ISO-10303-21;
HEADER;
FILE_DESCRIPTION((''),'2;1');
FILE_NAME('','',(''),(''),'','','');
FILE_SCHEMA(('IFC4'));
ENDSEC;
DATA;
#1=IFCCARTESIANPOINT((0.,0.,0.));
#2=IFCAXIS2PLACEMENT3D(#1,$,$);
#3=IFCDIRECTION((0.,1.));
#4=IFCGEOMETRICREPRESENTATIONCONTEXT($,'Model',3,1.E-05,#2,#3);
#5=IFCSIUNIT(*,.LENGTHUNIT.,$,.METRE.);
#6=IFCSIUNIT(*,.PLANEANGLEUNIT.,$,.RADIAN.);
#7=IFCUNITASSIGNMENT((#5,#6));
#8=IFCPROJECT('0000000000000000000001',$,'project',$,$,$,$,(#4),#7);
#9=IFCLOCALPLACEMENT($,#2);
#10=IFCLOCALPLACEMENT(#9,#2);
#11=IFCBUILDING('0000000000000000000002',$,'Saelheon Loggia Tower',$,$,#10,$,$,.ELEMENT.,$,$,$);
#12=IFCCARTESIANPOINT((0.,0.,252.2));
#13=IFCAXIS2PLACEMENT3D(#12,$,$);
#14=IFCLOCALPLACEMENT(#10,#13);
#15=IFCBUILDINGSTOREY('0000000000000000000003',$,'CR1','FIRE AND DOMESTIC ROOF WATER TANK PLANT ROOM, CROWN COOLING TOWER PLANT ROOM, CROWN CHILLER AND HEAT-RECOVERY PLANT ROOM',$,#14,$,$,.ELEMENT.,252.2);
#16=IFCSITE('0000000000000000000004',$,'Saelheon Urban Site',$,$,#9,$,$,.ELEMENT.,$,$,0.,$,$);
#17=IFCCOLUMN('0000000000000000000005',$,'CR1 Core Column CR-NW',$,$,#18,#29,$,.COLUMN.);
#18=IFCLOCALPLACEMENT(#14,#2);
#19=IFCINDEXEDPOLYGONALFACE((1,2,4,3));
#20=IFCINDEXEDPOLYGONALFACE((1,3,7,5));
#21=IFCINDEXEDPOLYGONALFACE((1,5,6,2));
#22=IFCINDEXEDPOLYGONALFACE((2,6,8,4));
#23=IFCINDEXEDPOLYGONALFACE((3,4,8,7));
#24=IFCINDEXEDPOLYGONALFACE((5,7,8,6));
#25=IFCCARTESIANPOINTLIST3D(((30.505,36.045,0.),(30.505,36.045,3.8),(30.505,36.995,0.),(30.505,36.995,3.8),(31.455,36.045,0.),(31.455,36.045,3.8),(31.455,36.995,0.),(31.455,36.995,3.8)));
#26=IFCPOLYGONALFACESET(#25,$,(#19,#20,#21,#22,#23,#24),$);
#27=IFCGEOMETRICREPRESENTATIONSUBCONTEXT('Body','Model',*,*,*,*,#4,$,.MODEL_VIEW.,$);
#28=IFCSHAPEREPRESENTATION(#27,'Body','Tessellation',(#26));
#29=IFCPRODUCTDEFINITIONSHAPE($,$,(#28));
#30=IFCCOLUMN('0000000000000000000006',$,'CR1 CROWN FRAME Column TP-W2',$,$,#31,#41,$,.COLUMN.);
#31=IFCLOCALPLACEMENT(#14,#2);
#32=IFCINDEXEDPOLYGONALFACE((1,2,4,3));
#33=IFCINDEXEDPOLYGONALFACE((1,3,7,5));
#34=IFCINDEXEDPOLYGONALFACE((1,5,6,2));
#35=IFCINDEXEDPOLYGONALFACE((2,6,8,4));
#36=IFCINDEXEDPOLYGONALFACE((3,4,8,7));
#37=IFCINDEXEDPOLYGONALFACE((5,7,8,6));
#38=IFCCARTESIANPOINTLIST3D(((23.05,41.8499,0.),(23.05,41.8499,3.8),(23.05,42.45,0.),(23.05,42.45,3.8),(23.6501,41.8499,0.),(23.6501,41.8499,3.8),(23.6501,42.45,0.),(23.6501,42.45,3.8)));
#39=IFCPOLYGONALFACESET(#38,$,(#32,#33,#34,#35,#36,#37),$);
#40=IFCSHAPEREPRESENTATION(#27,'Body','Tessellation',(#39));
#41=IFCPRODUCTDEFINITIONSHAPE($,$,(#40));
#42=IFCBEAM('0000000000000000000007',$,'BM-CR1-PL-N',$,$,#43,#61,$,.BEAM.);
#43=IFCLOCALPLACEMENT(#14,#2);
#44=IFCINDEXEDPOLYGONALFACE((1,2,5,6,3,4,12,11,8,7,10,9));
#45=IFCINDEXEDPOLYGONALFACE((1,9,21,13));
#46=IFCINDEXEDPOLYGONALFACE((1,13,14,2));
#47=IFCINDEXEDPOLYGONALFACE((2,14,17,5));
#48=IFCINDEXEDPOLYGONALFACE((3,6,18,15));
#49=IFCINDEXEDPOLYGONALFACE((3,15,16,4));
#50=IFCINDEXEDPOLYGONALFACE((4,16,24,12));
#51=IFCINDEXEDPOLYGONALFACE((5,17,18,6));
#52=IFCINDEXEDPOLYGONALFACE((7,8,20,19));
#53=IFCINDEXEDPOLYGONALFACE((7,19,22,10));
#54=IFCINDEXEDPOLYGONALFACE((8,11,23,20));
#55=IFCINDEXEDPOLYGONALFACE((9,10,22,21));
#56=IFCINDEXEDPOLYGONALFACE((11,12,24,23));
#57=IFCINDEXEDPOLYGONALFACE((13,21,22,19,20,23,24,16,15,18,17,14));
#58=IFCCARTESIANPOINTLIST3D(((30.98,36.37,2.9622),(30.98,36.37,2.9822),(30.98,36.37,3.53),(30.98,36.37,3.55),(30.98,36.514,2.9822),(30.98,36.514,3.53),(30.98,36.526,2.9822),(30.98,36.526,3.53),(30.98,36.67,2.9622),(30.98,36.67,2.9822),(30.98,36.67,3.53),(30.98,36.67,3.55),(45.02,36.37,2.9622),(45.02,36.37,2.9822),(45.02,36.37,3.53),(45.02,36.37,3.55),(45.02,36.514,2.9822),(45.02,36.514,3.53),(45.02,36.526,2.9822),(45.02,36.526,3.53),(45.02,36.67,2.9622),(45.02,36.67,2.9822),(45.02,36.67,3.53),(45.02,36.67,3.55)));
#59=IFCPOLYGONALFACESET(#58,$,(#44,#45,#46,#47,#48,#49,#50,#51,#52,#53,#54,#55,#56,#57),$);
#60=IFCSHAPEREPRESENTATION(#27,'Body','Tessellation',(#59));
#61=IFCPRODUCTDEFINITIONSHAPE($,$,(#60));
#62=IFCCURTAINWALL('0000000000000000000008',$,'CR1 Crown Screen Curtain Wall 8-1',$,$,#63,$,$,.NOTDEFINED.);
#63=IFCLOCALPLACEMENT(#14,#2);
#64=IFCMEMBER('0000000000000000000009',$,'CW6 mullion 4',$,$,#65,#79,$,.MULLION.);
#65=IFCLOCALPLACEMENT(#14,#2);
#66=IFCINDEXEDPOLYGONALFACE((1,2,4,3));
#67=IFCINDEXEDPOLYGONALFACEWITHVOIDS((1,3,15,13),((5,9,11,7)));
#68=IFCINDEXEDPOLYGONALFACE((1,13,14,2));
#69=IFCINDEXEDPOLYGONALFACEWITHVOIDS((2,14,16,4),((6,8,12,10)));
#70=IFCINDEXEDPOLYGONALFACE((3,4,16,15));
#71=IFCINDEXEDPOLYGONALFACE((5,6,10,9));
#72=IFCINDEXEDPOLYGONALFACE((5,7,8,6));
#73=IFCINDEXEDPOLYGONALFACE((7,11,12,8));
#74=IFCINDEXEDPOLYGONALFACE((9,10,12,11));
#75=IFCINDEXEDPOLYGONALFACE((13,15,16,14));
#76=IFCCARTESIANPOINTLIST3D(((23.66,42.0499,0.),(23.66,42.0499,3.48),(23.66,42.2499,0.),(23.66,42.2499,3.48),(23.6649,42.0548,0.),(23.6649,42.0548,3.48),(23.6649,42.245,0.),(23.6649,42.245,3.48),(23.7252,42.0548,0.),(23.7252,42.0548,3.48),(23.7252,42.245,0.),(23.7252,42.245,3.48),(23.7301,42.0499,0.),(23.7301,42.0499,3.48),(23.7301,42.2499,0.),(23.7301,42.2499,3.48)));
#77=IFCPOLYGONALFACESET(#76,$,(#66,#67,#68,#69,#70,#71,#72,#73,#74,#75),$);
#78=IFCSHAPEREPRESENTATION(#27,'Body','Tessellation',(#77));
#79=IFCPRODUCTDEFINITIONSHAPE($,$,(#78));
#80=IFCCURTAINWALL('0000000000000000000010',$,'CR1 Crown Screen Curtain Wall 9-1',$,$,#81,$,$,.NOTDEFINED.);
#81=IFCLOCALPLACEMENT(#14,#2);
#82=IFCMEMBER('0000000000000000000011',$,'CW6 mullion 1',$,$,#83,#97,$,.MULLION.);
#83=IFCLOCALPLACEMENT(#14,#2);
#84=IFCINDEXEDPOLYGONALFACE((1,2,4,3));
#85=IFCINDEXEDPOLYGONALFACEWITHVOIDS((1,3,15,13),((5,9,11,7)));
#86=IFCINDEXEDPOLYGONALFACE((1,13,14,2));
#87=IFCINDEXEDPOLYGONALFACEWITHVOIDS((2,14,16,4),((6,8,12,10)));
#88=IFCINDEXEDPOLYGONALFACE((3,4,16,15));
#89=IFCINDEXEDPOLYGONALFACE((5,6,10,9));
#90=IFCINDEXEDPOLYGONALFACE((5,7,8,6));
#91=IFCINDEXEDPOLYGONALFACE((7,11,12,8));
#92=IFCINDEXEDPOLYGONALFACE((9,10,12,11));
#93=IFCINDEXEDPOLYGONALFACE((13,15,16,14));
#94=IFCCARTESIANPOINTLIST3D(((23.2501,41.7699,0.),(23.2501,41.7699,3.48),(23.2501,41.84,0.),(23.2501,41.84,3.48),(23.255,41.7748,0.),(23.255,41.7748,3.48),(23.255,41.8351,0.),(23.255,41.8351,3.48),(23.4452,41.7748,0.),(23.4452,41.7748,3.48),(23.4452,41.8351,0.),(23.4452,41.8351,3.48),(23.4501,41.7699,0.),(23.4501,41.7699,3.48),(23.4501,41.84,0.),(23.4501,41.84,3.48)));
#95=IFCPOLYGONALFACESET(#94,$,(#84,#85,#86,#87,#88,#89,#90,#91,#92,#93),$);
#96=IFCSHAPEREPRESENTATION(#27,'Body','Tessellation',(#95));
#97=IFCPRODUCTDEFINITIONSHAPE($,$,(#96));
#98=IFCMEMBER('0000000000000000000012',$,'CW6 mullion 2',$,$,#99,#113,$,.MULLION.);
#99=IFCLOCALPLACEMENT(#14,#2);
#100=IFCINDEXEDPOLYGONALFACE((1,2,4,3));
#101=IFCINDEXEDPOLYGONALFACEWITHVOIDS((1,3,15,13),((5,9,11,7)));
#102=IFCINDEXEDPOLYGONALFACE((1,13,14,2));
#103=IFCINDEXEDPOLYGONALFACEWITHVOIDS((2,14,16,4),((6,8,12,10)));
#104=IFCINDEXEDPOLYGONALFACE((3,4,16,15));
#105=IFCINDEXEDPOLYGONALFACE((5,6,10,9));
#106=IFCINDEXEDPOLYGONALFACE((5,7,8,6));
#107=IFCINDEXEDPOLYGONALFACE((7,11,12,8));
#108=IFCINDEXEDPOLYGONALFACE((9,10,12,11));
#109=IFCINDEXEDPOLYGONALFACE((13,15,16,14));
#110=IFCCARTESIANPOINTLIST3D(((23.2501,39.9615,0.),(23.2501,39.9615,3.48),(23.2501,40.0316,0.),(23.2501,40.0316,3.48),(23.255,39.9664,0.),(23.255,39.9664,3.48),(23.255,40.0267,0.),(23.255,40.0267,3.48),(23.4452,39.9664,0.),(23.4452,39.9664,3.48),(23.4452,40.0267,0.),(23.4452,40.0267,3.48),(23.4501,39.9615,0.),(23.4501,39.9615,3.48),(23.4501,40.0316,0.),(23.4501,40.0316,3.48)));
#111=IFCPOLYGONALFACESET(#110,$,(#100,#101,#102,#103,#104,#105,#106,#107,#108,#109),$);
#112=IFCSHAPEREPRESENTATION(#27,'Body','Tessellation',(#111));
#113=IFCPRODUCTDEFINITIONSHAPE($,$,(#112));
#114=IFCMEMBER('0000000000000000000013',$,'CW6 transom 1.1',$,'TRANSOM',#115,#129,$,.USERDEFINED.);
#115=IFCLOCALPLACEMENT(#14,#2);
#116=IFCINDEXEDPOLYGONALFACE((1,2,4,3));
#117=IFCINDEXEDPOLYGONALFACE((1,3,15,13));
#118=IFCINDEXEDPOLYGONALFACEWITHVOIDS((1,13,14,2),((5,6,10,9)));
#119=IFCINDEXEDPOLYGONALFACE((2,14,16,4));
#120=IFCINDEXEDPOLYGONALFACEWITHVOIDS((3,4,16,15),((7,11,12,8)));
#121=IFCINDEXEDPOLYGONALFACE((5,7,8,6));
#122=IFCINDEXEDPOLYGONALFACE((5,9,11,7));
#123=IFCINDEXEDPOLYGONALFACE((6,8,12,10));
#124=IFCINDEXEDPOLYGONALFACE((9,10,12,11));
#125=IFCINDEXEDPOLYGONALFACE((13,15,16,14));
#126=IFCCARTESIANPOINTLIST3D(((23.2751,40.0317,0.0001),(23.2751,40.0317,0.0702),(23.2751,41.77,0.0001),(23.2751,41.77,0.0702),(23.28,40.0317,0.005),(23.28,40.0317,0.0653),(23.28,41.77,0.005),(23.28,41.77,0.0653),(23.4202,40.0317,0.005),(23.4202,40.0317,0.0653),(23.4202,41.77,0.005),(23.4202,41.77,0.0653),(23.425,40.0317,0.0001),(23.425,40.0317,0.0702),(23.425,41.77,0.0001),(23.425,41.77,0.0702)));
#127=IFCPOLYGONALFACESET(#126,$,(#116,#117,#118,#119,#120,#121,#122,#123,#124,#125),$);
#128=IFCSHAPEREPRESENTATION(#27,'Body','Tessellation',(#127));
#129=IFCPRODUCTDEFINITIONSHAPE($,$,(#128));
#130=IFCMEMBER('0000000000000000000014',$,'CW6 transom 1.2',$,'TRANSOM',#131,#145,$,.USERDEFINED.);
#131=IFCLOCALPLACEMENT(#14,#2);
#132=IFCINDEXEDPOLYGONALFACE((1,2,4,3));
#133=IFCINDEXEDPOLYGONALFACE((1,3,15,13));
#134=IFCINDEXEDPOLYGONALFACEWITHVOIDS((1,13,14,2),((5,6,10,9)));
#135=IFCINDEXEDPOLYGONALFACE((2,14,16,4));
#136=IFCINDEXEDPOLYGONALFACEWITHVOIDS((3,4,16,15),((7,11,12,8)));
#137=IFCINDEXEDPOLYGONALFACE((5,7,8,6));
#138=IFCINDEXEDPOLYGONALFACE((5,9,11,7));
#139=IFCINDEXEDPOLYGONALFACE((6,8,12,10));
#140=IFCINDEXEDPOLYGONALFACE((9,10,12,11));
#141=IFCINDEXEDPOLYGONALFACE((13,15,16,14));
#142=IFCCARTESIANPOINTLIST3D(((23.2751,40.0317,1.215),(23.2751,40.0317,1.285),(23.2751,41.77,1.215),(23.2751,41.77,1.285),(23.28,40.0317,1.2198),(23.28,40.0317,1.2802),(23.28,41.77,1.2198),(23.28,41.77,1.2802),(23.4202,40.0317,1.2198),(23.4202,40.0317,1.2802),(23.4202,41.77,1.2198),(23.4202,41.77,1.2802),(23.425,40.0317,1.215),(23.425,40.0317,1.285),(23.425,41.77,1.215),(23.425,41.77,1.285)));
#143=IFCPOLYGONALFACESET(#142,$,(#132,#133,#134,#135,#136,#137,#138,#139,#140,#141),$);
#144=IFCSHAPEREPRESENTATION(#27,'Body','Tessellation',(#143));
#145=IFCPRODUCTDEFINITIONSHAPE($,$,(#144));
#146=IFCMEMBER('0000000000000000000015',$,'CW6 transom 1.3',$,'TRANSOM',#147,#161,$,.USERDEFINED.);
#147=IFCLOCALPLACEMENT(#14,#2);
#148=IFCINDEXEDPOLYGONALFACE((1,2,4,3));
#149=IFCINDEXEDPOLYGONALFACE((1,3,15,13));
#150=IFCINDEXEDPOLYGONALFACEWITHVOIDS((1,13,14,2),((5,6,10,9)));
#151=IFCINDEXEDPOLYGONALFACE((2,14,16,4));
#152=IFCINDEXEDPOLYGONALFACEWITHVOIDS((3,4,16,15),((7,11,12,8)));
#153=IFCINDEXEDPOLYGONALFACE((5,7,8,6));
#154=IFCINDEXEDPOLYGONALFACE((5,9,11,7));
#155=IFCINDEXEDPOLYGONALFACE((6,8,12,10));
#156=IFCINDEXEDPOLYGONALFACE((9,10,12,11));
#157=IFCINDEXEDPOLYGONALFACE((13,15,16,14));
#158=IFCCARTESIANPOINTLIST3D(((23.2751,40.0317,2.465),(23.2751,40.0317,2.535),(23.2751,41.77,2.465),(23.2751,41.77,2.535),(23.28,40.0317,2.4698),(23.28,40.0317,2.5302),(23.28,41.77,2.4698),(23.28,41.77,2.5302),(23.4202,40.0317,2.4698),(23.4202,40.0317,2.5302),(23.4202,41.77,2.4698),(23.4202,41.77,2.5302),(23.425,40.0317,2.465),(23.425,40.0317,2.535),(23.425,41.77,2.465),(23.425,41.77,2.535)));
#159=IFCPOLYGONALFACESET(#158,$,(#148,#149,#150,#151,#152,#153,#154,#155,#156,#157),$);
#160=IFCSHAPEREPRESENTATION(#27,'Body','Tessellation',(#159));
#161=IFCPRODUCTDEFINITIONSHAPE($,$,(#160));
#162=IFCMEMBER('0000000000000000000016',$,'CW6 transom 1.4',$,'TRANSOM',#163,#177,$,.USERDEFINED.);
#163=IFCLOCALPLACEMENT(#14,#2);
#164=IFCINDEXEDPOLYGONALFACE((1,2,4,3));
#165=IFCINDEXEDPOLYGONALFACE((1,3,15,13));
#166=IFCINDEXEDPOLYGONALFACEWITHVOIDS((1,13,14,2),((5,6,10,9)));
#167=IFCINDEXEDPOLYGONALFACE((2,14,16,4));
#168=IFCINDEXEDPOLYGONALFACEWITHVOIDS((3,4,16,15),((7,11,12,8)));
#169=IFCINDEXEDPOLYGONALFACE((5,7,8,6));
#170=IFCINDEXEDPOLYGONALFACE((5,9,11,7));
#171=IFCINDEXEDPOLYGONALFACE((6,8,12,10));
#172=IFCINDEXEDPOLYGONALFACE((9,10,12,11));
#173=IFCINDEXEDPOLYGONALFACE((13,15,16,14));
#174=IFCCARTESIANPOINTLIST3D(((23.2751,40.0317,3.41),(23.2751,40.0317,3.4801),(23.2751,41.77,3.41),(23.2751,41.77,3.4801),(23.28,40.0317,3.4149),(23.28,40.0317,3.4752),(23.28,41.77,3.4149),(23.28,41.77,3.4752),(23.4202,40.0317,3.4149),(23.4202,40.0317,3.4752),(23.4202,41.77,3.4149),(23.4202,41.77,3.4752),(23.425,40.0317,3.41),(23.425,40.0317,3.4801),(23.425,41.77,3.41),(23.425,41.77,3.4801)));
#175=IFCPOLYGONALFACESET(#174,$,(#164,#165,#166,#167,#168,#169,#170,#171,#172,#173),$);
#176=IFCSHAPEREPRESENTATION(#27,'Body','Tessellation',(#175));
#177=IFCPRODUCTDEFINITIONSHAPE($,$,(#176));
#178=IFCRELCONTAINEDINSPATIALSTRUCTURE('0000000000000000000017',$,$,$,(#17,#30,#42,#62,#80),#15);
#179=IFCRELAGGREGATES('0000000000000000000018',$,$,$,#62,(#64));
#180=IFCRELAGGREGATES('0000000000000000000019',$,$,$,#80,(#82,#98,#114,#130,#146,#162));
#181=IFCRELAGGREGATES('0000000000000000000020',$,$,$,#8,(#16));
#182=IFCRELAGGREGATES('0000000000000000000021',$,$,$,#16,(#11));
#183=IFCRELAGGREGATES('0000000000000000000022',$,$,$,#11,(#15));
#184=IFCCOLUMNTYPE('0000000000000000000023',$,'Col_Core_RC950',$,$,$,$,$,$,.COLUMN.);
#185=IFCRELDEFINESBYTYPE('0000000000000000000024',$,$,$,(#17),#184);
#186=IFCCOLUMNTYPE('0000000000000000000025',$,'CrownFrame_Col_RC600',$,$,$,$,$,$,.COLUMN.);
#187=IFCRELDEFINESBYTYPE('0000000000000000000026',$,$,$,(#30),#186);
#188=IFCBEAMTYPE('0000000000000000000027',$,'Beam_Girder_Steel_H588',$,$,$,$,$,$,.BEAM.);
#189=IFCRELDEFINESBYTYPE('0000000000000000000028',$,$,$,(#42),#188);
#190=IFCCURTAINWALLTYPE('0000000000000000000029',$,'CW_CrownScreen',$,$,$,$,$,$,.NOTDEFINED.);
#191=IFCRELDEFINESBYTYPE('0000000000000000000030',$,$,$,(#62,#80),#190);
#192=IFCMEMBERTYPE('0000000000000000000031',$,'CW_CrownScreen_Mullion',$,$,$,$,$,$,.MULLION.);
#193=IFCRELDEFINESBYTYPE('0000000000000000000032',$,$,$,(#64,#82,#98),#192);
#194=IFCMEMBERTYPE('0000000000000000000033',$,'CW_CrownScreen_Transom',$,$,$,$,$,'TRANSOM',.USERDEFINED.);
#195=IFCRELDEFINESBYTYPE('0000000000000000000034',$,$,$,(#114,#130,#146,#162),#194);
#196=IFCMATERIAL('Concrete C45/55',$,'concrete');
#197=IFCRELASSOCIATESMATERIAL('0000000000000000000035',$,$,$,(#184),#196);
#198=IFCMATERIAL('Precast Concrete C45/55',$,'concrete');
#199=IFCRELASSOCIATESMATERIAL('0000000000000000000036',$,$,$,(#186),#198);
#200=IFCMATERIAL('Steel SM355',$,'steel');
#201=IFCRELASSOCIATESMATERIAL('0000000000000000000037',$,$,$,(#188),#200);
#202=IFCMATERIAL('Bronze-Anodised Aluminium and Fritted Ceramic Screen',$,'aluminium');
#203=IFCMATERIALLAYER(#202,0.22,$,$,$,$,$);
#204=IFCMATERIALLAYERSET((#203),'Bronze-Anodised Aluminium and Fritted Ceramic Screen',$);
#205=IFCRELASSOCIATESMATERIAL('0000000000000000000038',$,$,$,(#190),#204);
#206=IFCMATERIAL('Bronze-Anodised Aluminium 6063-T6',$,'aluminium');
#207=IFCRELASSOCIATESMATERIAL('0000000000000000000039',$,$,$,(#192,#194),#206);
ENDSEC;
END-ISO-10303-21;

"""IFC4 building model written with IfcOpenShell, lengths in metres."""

from ifc_helpers import new_model, si_unit, direction, frame, origin, origin_2d, place, context, subcontext, project, spatial, rectangle, hollow_rectangle, i_section, extrude, source, transform, mapped, material, layer, layer_set, material_profile, profile_set, type_object, element, aggregate, save


model = new_model("IFC4")

# Units and contexts
model_context = context("Model", 3, precision=1e-05, world=origin(), true_north=direction((0.0, 1.0)))
body_context = subcontext(model_context, "Body", "Model", "MODEL_VIEW")
ifc_project = project(units=[si_unit("LENGTHUNIT", "METRE"), si_unit("PLANEANGLEUNIT", "RADIAN")], contexts=[model_context])

# Site, building, storey
site_placement = place(None, origin())
site = spatial("IfcSite", under=ifc_project, at=site_placement, Name="Saelheon Urban Site", CompositionType="ELEMENT", RefElevation=0.0)
building_placement = place(site_placement, origin())
building = spatial("IfcBuilding", under=site, at=building_placement, Name="Saelheon Loggia Tower", CompositionType="ELEMENT")
storey_placement = place(building_placement, frame((0.0, 0.0, 252.2)))
storey = spatial("IfcBuildingStorey", under=building, at=storey_placement, Name="CR1", Description="FIRE AND DOMESTIC ROOF WATER TANK PLANT ROOM, CROWN COOLING TOWER PLANT ROOM, CROWN CHILLER AND HEAT-RECOVERY PLANT ROOM", CompositionType="ELEMENT", Elevation=252.2)

# Columns
ifc_material_1 = material(Name="Concrete C45/55", Category="concrete")
ifc_material_profile_1 = material_profile(ifc_material_1, rectangle(XDim=0.95, YDim=0.95, at=origin_2d()), Name="RC-950x950")
ifc_profile_set_1 = profile_set([ifc_material_profile_1], Name="Concrete C45/55")
column_type_1 = type_object("IfcColumnType", Name="Col_Core_RC950", PredefinedType="COLUMN", material=ifc_profile_set_1)
shared_shape_1 = source(origin(), body_context, "Body", "SweptSolid", [
    extrude(rectangle(XDim=0.95, YDim=0.95, at=origin_2d()), origin(), (0.0, 0.0, 1.0), 3.8),
])
column_1_placement = place(storey_placement, frame((30.98, 36.52, 0.0), z_axis=(0.0, 0.0, 1.0), x_axis=(1.0, 0.0, 0.0)))
element("IfcColumn", 1, at=column_1_placement, inside=storey, type_object=column_type_1, Name="CR1 Core Column CR-NW", PredefinedType="COLUMN", context=body_context, shape_type="MappedRepresentation", body=[
    mapped(shared_shape_1, transform((0.0, 0.0, 0.0), scale=1.0)),
])
ifc_material_2 = material(Name="Precast Concrete C45/55", Category="concrete")
ifc_material_profile_2 = material_profile(ifc_material_2, rectangle(XDim=0.6001, YDim=0.6001, at=origin_2d()), Name="RC-600x600")
ifc_profile_set_2 = profile_set([ifc_material_profile_2], Name="Precast Concrete C45/55")
column_type_2 = type_object("IfcColumnType", Name="CrownFrame_Col_RC600", PredefinedType="COLUMN", material=ifc_profile_set_2)
shared_shape_2 = source(origin(), body_context, "Body", "SweptSolid", [
    extrude(rectangle(XDim=0.6001, YDim=0.6001, at=origin_2d()), origin(), (0.0, 0.0, 1.0), 3.8),
])
column_2_placement = place(storey_placement, frame((23.3501, 42.1499, 0.0), z_axis=(0.0, 0.0, 1.0), x_axis=(1.0, 0.0, 0.0)))
element("IfcColumn", 2, at=column_2_placement, inside=storey, type_object=column_type_2, Name="CR1 CROWN FRAME Column TP-W2", PredefinedType="COLUMN", context=body_context, shape_type="MappedRepresentation", body=[
    mapped(shared_shape_2, transform((0.0, 0.0, 0.0), scale=1.0)),
])

# Beam
ifc_material_3 = material(Name="Steel SM355", Category="steel")
ifc_material_profile_3 = material_profile(ifc_material_3, i_section(OverallWidth=0.3, OverallDepth=0.5879, WebThickness=0.012, FlangeThickness=0.02, at=origin_2d()), Name="H-588x300x12x20")
ifc_profile_set_3 = profile_set([ifc_material_profile_3], Name="Steel SM355")
beam_type = type_object("IfcBeamType", Name="Beam_Girder_Steel_H588", PredefinedType="BEAM", material=ifc_profile_set_3)
shared_shape_3 = source(origin(), body_context, "Body", "SweptSolid", [
    extrude(i_section(OverallWidth=0.3, OverallDepth=0.5879, WebThickness=0.012, FlangeThickness=0.02, at=origin_2d()), origin(), (0.0, 0.0, 1.0), 14.04),
])
beam_placement = place(storey_placement, frame((30.98, 36.52, 3.2561), z_axis=(1.0, 0.0, 0.0), x_axis=(0.0, 1.0, 0.0)))
element("IfcBeam", 3, at=beam_placement, inside=storey, type_object=beam_type, Name="BM-CR1-PL-N", PredefinedType="BEAM", context=body_context, shape_type="MappedRepresentation", body=[
    mapped(shared_shape_3, transform((0.0, 0.0, 0.0), scale=1.0)),
])

# Curtain wall, member
ifc_material_4 = material(Name="Bronze-Anodised Aluminium and Fritted Ceramic Screen", Category="aluminium")
ifc_layer_1 = layer(ifc_material_4, 0.22)
ifc_layer_set_1 = layer_set([ifc_layer_1], Name="Bronze-Anodised Aluminium and Fritted Ceramic Screen")
curtain_wall_type = type_object("IfcCurtainWallType", Name="CW_CrownScreen", PredefinedType="NOTDEFINED", material=ifc_layer_set_1)
curtain_wall_1_placement = place(storey_placement, origin())
curtain_wall_1 = element("IfcCurtainWall", 4, at=curtain_wall_1_placement, inside=storey, type_object=curtain_wall_type, Name="CR1 Crown Screen Curtain Wall 8-1", PredefinedType="NOTDEFINED")
ifc_material_5 = material(Name="Bronze-Anodised Aluminium 6063-T6", Category="aluminium")
ifc_material_profile_4 = material_profile(ifc_material_5, hollow_rectangle(XDim=0.0701, YDim=0.2, WallThickness=0.0049, at=origin_2d()), Name="RHS-200x70x5")
ifc_profile_set_4 = profile_set([ifc_material_profile_4], Name="Bronze-Anodised Aluminium 6063-T6")
member_type_1 = type_object("IfcMemberType", Name="CW_CrownScreen_Mullion", PredefinedType="MULLION", material=ifc_profile_set_4)
shared_shape_4 = source(origin(), body_context, "Body", "SweptSolid", [
    extrude(hollow_rectangle(XDim=0.0701, YDim=0.2, WallThickness=0.0049, at=origin_2d()), origin(), (0.0, 0.0, 1.0), 3.48),
])
member_1_placement = place(storey_placement, frame((23.6951, 42.1499, 0.0), z_axis=(0.0, 0.0, 1.0), x_axis=(-1.0, 0.0, 0.0)))
member_1 = element("IfcMember", 5, at=member_1_placement, type_object=member_type_1, Name="CW6 mullion 4", PredefinedType="MULLION", context=body_context, shape_type="MappedRepresentation", body=[
    mapped(shared_shape_4, transform((0.0, 0.0, 0.0), scale=1.0)),
])
aggregate(curtain_wall_1, [member_1])

# Curtain wall, members
curtain_wall_2_placement = place(storey_placement, origin())
curtain_wall_2 = element("IfcCurtainWall", 6, at=curtain_wall_2_placement, inside=storey, type_object=curtain_wall_type, Name="CR1 Crown Screen Curtain Wall 9-1", PredefinedType="NOTDEFINED")
member_2_placement = place(storey_placement, frame((23.3501, 41.8049, 0.0), z_axis=(0.0, 0.0, 1.0), x_axis=(0.0, -1.0, 0.0)))
member_2 = element("IfcMember", 7, at=member_2_placement, type_object=member_type_1, Name="CW6 mullion 1", PredefinedType="MULLION", context=body_context, shape_type="MappedRepresentation", body=[
    mapped(shared_shape_4, transform((0.0, 0.0, 0.0), scale=1.0)),
])
member_3_placement = place(storey_placement, frame((23.3501, 39.9966, 0.0), z_axis=(0.0, 0.0, 1.0), x_axis=(0.0, -1.0, 0.0)))
member_3 = element("IfcMember", 8, at=member_3_placement, type_object=member_type_1, Name="CW6 mullion 2", PredefinedType="MULLION", context=body_context, shape_type="MappedRepresentation", body=[
    mapped(shared_shape_4, transform((0.0, 0.0, 0.0), scale=1.0)),
])
ifc_material_profile_5 = material_profile(ifc_material_5, hollow_rectangle(XDim=0.0701, YDim=0.1499, WallThickness=0.0049, at=origin_2d()), Name="RHS-150x70x5")
ifc_profile_set_5 = profile_set([ifc_material_profile_5], Name="Bronze-Anodised Aluminium 6063-T6")
member_type_2 = type_object("IfcMemberType", Name="CW_CrownScreen_Transom", ElementType="TRANSOM", PredefinedType="USERDEFINED", material=ifc_profile_set_5)
shared_shape_5 = source(origin(), body_context, "Body", "SweptSolid", [
    extrude(hollow_rectangle(XDim=0.0701, YDim=0.1499, WallThickness=0.0049, at=origin_2d()), origin(), (0.0, 0.0, 1.0), 1.7383),
])
member_4_placement = place(storey_placement, frame((23.3501, 41.77, 0.0352), z_axis=(0.0, -1.0, 0.0), x_axis=(0.0, 0.0, 1.0)))
member_4 = element("IfcMember", 9, at=member_4_placement, type_object=member_type_2, Name="CW6 transom 1.1", ObjectType="TRANSOM", PredefinedType="USERDEFINED", context=body_context, shape_type="MappedRepresentation", body=[
    mapped(shared_shape_5, transform((0.0, 0.0, 0.0), scale=1.0)),
])
member_5_placement = place(storey_placement, frame((23.3501, 41.77, 1.25), z_axis=(0.0, -1.0, 0.0), x_axis=(0.0, 0.0, 1.0)))
member_5 = element("IfcMember", 10, at=member_5_placement, type_object=member_type_2, Name="CW6 transom 1.2", ObjectType="TRANSOM", PredefinedType="USERDEFINED", context=body_context, shape_type="MappedRepresentation", body=[
    mapped(shared_shape_5, transform((0.0, 0.0, 0.0), scale=1.0)),
])
member_6_placement = place(storey_placement, frame((23.3501, 41.77, 2.5), z_axis=(0.0, -1.0, 0.0), x_axis=(0.0, 0.0, 1.0)))
member_6 = element("IfcMember", 11, at=member_6_placement, type_object=member_type_2, Name="CW6 transom 1.3", ObjectType="TRANSOM", PredefinedType="USERDEFINED", context=body_context, shape_type="MappedRepresentation", body=[
    mapped(shared_shape_5, transform((0.0, 0.0, 0.0), scale=1.0)),
])
member_7_placement = place(storey_placement, frame((23.3501, 41.77, 3.4451), z_axis=(0.0, -1.0, 0.0), x_axis=(0.0, 0.0, 1.0)))
member_7 = element("IfcMember", 12, at=member_7_placement, type_object=member_type_2, Name="CW6 transom 1.4", ObjectType="TRANSOM", PredefinedType="USERDEFINED", context=body_context, shape_type="MappedRepresentation", body=[
    mapped(shared_shape_5, transform((0.0, 0.0, 0.0), scale=1.0)),
])

aggregate(curtain_wall_2, [member_2, member_3, member_4, member_5, member_6, member_7])

save(model, "model.ifc")
